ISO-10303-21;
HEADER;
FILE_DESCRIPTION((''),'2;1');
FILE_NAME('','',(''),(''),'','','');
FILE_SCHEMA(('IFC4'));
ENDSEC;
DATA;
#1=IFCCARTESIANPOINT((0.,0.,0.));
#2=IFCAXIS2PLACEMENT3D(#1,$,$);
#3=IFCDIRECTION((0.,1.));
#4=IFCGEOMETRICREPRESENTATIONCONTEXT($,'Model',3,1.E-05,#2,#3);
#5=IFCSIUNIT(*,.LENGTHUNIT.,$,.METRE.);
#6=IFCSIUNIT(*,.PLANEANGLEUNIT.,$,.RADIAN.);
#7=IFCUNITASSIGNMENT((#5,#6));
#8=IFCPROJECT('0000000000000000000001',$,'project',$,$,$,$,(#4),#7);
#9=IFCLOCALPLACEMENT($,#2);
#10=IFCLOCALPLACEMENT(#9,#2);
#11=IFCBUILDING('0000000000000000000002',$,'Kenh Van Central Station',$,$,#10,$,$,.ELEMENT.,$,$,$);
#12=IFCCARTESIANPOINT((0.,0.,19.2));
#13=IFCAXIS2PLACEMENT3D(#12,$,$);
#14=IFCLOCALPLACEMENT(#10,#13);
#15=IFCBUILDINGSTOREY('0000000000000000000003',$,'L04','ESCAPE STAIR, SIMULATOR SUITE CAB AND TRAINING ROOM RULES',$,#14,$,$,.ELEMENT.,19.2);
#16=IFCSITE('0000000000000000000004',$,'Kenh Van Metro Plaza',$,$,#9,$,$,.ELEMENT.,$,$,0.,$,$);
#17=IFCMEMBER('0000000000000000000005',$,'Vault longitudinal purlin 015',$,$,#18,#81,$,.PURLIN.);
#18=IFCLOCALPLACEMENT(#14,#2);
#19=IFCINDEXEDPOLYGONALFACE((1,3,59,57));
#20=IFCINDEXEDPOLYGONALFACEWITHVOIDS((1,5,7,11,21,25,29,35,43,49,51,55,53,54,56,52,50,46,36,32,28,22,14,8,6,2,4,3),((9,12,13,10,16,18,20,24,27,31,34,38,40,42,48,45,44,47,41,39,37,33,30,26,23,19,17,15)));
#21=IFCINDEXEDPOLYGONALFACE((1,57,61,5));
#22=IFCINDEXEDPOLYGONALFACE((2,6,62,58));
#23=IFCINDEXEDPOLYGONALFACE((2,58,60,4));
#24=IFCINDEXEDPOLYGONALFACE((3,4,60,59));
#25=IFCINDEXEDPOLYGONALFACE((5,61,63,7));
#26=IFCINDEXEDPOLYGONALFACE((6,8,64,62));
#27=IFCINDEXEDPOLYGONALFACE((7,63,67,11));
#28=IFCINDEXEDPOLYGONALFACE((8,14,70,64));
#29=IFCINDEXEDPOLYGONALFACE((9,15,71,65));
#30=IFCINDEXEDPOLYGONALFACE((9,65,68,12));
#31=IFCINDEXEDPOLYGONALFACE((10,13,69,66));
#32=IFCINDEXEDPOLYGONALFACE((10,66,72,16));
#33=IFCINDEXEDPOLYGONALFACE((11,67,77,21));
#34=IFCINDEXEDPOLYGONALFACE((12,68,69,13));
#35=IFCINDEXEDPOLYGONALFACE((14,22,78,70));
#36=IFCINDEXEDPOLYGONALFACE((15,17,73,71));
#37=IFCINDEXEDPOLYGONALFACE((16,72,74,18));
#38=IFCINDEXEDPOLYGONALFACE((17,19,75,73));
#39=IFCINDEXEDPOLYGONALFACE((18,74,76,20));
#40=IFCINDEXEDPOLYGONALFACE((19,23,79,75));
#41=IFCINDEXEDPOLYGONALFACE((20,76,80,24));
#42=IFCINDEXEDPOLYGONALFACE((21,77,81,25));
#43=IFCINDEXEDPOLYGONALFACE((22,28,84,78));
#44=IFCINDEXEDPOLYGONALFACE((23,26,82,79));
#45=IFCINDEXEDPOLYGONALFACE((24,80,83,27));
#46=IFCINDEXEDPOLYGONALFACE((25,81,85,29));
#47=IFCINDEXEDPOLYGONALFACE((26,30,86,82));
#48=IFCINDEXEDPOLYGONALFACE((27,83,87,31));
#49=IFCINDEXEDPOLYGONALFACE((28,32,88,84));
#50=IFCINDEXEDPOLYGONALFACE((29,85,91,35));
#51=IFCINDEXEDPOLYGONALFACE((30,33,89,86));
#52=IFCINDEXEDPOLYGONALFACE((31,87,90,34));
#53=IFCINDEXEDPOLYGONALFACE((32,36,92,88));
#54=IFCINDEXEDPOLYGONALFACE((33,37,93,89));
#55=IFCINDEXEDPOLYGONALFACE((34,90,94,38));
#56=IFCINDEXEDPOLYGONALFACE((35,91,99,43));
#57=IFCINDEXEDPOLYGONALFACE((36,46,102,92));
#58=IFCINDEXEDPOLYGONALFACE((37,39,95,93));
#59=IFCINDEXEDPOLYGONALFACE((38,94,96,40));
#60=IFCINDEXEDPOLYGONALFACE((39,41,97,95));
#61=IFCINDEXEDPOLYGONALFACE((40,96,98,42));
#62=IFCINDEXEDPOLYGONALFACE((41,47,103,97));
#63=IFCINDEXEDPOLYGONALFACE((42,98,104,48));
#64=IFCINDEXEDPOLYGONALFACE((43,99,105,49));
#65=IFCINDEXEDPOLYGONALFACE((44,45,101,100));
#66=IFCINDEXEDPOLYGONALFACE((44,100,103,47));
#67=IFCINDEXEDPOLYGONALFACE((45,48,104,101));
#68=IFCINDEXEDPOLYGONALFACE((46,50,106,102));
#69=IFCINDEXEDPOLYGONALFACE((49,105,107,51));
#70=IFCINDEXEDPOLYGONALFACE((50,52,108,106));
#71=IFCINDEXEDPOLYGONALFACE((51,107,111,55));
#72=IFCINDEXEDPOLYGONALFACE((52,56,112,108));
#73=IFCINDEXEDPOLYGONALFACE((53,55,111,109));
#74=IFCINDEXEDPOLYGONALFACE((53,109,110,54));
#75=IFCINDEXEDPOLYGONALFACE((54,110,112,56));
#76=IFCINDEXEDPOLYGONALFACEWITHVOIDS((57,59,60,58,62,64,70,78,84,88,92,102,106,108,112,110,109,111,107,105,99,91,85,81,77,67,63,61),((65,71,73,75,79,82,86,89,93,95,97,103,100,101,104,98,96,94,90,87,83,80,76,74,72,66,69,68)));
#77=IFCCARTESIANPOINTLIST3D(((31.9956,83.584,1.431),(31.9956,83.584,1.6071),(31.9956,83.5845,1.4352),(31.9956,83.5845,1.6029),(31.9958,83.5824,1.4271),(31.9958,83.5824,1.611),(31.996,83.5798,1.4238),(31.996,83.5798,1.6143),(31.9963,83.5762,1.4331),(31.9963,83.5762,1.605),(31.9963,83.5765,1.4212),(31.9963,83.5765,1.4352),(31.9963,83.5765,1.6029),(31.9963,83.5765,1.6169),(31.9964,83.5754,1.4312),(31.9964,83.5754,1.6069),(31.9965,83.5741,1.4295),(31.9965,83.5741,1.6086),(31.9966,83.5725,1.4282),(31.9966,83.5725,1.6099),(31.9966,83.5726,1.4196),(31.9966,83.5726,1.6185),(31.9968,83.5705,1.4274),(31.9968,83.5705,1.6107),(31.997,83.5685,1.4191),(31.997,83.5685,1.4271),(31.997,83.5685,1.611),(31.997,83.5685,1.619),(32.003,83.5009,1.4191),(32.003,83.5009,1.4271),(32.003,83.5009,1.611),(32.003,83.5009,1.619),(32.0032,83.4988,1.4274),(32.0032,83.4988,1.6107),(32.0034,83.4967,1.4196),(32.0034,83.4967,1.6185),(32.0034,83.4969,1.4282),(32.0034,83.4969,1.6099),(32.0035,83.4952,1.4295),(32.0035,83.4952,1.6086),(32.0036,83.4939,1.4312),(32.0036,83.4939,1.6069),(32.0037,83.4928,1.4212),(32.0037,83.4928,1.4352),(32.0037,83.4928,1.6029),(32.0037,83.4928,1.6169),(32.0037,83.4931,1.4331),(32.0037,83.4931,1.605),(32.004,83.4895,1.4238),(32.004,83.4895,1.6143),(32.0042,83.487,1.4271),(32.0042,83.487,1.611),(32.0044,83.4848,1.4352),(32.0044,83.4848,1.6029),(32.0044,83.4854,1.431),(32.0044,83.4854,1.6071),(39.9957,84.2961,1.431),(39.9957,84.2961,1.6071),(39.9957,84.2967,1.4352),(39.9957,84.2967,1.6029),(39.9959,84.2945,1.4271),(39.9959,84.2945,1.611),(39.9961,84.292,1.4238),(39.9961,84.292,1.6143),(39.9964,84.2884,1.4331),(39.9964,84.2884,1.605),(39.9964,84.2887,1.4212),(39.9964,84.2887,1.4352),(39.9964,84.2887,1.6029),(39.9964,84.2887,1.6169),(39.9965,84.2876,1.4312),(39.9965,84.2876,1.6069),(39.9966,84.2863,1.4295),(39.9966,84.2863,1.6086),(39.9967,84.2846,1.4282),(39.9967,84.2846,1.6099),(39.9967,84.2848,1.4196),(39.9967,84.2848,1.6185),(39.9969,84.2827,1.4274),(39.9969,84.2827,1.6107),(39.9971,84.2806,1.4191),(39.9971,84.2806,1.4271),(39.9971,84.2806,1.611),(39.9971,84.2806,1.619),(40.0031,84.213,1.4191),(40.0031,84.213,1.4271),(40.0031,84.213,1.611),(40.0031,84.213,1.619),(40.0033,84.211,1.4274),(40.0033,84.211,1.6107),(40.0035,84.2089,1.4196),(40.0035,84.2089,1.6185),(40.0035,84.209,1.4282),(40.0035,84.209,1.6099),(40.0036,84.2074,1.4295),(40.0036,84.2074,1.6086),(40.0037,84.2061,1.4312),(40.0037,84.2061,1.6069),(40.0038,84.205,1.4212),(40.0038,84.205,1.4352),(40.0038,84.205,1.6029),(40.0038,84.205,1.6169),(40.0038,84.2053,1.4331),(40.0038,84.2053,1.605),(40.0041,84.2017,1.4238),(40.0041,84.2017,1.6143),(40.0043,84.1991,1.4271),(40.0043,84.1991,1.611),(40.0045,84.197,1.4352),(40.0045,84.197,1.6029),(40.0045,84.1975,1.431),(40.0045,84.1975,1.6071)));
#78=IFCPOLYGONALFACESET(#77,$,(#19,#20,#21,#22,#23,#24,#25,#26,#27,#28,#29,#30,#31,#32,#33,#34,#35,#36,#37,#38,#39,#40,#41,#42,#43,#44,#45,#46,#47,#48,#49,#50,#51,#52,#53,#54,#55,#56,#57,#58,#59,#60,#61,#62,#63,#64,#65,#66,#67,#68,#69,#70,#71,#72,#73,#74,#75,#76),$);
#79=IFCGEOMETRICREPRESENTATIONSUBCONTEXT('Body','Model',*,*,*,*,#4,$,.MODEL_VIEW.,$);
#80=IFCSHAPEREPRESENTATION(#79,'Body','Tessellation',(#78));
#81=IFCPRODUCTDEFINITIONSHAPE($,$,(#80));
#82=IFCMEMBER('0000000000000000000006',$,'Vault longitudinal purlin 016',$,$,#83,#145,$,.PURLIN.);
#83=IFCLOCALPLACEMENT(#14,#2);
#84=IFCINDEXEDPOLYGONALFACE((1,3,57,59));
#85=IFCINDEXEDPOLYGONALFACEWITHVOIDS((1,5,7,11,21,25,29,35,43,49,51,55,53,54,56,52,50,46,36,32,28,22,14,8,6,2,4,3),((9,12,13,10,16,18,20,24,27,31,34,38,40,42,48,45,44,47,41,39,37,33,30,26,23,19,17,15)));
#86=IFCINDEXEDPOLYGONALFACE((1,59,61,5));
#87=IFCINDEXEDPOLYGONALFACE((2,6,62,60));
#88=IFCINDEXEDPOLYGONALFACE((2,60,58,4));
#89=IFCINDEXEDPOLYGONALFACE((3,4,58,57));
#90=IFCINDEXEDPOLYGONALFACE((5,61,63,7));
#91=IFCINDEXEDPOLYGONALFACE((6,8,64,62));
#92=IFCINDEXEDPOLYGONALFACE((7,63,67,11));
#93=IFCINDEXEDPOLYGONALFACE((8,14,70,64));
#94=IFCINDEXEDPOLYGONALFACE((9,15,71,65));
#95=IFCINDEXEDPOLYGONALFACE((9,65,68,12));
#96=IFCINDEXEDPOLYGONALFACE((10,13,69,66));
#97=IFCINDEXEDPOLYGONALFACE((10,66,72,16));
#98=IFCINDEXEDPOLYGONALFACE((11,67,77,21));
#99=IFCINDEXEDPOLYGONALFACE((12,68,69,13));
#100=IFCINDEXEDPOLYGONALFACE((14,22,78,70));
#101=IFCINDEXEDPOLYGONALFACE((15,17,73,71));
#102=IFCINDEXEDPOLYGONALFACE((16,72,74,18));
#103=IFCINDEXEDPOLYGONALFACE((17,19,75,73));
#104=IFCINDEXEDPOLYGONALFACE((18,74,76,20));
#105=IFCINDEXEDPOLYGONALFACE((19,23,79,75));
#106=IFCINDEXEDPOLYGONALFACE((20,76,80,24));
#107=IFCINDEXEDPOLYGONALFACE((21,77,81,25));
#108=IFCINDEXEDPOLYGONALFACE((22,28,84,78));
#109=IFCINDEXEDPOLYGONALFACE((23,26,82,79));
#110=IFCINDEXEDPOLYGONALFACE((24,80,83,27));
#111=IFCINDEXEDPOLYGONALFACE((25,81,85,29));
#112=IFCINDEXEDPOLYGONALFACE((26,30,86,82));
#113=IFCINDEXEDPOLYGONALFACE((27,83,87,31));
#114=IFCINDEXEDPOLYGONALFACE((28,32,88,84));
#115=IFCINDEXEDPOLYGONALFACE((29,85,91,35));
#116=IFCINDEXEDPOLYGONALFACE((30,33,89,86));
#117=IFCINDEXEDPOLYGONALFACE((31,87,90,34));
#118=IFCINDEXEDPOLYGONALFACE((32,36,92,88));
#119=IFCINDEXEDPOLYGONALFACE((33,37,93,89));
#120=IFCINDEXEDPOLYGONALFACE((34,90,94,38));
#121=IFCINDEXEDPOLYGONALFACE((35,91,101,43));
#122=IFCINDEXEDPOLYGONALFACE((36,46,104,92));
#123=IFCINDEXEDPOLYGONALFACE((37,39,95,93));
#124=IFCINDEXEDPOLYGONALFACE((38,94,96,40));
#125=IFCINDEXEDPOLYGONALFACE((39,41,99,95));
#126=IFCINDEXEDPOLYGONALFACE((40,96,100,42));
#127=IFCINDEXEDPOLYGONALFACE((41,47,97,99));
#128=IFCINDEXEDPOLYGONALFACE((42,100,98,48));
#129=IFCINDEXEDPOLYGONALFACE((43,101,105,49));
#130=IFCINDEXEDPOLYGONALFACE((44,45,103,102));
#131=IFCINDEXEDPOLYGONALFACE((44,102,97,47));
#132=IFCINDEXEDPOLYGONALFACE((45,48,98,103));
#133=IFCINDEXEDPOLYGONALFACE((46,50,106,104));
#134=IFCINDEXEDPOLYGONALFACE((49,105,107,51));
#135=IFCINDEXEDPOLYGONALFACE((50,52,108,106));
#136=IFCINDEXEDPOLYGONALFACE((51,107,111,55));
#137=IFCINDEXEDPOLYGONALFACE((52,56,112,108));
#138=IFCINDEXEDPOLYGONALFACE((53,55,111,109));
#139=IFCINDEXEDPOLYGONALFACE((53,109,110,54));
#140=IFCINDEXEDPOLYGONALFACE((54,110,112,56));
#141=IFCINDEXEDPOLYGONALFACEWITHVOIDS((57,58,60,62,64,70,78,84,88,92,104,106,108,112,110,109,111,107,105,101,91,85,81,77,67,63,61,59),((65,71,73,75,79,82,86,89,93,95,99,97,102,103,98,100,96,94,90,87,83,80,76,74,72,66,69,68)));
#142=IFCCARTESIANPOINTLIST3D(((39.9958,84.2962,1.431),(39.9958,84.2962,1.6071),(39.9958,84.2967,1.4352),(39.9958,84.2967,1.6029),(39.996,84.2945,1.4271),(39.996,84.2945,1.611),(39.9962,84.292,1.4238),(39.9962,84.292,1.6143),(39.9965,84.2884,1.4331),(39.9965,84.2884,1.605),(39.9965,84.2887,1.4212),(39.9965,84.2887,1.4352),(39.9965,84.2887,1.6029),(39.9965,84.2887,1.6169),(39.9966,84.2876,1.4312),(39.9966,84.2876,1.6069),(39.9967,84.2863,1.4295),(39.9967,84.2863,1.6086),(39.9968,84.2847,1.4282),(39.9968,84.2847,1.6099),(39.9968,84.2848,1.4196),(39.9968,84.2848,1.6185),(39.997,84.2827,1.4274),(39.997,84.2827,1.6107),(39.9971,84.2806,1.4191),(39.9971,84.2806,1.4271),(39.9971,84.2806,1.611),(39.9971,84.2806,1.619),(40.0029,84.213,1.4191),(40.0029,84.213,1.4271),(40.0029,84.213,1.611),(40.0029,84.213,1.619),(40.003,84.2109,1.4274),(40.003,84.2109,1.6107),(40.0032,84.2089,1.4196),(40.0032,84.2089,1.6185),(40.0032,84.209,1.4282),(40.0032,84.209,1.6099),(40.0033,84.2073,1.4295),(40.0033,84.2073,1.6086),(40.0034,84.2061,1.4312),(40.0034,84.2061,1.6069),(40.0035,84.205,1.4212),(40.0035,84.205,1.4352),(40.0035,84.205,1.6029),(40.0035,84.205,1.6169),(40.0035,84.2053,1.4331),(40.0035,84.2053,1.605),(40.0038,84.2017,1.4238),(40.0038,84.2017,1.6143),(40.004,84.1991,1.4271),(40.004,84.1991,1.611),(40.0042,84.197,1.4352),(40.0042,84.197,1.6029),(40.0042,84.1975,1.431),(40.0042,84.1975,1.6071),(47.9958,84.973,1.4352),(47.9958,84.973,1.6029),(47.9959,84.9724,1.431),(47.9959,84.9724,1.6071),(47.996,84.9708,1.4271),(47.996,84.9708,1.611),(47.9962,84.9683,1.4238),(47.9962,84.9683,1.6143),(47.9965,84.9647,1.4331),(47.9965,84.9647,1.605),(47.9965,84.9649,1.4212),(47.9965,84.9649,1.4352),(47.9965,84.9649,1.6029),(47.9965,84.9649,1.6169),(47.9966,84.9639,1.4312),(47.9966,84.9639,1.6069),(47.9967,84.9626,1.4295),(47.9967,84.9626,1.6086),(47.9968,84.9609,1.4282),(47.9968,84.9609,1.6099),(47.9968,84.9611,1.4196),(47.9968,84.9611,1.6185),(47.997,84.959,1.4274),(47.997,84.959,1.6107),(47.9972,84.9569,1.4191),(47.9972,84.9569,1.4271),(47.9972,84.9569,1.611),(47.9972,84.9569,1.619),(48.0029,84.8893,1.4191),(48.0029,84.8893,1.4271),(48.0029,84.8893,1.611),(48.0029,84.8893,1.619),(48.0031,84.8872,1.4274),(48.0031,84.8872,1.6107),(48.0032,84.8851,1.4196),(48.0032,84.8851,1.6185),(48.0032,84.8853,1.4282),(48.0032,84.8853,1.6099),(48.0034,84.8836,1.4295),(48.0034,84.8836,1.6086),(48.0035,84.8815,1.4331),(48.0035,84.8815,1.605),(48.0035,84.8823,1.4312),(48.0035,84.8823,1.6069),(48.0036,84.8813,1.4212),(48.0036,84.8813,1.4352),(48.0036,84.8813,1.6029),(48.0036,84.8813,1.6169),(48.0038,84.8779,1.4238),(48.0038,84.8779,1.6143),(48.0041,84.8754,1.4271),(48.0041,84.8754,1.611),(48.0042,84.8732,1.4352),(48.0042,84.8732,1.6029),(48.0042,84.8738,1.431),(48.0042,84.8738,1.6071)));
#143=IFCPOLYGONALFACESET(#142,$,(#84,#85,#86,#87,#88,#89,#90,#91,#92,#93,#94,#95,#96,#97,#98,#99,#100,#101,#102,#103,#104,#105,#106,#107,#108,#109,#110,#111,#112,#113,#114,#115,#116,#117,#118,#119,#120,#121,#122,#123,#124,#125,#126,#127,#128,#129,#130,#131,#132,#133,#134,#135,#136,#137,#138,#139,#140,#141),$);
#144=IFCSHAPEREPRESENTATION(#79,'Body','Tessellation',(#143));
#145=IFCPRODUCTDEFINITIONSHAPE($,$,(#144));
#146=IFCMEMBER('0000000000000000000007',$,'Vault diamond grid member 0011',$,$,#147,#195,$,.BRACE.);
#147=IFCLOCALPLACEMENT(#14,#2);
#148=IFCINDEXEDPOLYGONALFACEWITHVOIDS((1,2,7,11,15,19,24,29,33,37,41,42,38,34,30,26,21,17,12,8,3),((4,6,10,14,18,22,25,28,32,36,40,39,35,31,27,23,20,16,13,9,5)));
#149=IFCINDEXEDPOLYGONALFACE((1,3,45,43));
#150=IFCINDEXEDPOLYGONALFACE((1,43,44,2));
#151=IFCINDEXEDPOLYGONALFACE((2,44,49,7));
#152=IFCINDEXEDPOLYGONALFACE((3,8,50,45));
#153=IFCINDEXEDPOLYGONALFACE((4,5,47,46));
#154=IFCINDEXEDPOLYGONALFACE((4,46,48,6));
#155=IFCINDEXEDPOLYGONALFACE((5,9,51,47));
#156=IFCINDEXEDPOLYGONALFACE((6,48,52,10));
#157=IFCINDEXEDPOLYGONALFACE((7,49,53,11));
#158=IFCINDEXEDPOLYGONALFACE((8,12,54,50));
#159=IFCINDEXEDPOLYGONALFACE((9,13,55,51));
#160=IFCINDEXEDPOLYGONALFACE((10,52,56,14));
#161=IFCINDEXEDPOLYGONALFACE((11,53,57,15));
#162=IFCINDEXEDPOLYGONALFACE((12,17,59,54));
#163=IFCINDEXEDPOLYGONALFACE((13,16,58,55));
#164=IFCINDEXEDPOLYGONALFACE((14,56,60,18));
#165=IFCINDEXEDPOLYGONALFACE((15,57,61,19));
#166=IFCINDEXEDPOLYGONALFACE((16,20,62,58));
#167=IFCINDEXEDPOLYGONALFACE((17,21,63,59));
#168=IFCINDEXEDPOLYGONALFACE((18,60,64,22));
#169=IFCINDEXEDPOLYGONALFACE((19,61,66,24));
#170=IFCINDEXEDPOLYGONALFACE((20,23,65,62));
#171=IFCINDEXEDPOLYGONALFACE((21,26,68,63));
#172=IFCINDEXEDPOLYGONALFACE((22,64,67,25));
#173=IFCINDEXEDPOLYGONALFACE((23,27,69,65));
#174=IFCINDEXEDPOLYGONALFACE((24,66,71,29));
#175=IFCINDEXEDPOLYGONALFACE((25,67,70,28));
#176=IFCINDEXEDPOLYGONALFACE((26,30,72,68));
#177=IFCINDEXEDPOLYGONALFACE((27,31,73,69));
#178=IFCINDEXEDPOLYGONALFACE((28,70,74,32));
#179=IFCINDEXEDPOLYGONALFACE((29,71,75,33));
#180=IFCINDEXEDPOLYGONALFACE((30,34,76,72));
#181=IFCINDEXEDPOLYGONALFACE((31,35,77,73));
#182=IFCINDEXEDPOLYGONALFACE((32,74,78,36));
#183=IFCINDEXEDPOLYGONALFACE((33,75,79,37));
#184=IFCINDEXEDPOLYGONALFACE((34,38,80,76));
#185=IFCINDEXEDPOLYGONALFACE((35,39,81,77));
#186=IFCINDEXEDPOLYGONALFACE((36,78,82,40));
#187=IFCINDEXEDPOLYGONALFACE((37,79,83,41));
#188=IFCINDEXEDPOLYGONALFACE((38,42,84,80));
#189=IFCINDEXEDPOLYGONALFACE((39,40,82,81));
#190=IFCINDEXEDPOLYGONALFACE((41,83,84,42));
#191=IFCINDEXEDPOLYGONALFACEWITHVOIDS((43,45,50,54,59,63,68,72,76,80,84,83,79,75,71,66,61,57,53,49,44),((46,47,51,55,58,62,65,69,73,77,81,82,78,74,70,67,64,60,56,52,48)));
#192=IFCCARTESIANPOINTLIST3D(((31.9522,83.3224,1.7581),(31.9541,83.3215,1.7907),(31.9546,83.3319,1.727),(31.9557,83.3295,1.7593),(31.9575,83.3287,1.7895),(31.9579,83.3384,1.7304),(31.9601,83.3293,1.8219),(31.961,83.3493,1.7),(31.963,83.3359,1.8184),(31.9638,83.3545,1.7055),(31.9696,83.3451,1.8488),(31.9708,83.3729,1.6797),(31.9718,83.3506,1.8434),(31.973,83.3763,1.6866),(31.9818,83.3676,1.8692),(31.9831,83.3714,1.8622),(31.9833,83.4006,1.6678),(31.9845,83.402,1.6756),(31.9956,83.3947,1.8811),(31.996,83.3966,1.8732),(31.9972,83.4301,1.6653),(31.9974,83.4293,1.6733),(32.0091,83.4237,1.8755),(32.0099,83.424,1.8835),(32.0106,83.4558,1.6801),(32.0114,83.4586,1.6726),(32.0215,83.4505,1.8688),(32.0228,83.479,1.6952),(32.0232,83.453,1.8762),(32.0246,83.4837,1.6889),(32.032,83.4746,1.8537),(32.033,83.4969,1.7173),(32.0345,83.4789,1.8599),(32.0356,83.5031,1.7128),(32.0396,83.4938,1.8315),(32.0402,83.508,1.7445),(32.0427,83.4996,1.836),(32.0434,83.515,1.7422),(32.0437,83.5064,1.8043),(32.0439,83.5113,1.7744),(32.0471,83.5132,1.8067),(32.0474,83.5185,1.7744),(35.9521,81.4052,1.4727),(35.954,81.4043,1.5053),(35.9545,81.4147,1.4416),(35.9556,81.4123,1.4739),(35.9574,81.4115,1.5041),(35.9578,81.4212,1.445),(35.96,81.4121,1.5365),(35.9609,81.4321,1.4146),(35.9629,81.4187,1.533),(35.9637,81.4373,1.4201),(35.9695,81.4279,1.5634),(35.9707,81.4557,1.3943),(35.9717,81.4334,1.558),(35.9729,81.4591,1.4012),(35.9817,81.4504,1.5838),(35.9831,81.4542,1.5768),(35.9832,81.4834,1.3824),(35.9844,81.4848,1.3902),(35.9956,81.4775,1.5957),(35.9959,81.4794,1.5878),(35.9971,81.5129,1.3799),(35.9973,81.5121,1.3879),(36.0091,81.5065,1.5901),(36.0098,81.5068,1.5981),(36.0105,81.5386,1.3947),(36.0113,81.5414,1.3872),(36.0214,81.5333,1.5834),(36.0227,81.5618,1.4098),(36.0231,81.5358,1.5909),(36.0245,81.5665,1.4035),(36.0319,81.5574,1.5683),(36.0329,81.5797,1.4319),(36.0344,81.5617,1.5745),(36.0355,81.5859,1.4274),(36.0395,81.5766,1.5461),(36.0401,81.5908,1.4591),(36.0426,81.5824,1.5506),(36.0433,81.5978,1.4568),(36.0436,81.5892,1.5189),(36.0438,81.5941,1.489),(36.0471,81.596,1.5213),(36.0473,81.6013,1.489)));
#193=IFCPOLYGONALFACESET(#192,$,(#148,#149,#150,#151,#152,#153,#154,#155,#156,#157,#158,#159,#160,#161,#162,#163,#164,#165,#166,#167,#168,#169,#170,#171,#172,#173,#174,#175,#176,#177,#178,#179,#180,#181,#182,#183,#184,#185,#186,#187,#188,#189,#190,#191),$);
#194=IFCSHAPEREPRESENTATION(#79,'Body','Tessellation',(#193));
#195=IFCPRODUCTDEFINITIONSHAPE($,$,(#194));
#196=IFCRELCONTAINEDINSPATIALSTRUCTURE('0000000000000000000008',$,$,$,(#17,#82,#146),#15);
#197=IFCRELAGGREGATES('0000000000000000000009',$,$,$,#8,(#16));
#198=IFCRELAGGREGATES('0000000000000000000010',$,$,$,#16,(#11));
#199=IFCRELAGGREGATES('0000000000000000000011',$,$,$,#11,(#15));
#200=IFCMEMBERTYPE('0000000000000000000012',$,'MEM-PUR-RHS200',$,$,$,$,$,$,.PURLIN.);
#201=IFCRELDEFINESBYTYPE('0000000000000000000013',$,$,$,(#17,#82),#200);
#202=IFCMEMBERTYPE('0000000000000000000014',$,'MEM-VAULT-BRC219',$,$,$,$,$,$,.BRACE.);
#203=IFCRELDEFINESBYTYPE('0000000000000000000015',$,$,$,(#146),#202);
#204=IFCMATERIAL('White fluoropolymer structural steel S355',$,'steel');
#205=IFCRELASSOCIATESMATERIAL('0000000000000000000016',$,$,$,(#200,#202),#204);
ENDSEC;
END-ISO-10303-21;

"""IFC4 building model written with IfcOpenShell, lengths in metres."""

from ifc_helpers import new_model, si_unit, direction, frame, origin, origin_2d, place, context, subcontext, project, spatial, hollow_rectangle, hollow_circle, extrude, material, material_profile, profile_set, type_object, element, save


model = new_model("IFC4")

# Units and contexts
model_context = context("Model", 3, precision=1e-05, world=origin(), true_north=direction((0.0, 1.0)))
body_context = subcontext(model_context, "Body", "Model", "MODEL_VIEW")
ifc_project = project(units=[si_unit("LENGTHUNIT", "METRE"), si_unit("PLANEANGLEUNIT", "RADIAN")], contexts=[model_context])

# Site, building, storey
site_placement = place(None, origin())
site = spatial("IfcSite", under=ifc_project, at=site_placement, Name="Kenh Van Metro Plaza", CompositionType="ELEMENT", RefElevation=0.0)
building_placement = place(site_placement, origin())
building = spatial("IfcBuilding", under=site, at=building_placement, Name="Kenh Van Central Station", CompositionType="ELEMENT")
storey_placement = place(building_placement, frame((0.0, 0.0, 19.2)))
storey = spatial("IfcBuildingStorey", under=building, at=storey_placement, Name="L04", Description="ESCAPE STAIR, SIMULATOR SUITE CAB AND TRAINING ROOM RULES", CompositionType="ELEMENT", Elevation=19.2)

# Shared definitions
ifc_material_1 = material(Name="White fluoropolymer structural steel S355", Category="steel")

# Members
ifc_material_profile_1 = material_profile(ifc_material_1, hollow_rectangle(XDim=0.1001, YDim=0.2, WallThickness=0.0081, InnerFilletRadius=0.0081, OuterFilletRadius=0.0161, at=origin_2d()), Name="RHS 200x100x8")
ifc_profile_set_1 = profile_set([ifc_material_profile_1], Name="White fluoropolymer structural steel S355")
member_type_1 = type_object("IfcMemberType", Name="MEM-PUR-RHS200", PredefinedType="PURLIN", material=ifc_profile_set_1)
member_1_placement = place(storey_placement, frame((32.0, 83.5347, 1.519), z_axis=(0.996061, 0.088669, 0.0), x_axis=(-0.088669, 0.996061, 0.0)))
element("IfcMember", 1, at=member_1_placement, inside=storey, type_object=member_type_1, Name="Vault longitudinal purlin 015", PredefinedType="PURLIN", context=body_context, shape_type="SweptSolid", body=[
    extrude(hollow_rectangle(XDim=0.1001, YDim=0.2, WallThickness=0.0081, InnerFilletRadius=0.0081, OuterFilletRadius=0.0161, at=origin_2d()), origin(), (0.0, 0.0, 1.0), 8.0317),
])
member_2_placement = place(storey_placement, frame((40.0, 84.2468, 1.519), z_axis=(0.996446, 0.084233, 0.0), x_axis=(-0.084233, 0.996446, 0.0)))
element("IfcMember", 2, at=member_2_placement, inside=storey, type_object=member_type_1, Name="Vault longitudinal purlin 016", PredefinedType="PURLIN", context=body_context, shape_type="SweptSolid", body=[
    extrude(hollow_rectangle(XDim=0.1001, YDim=0.2, WallThickness=0.0081, InnerFilletRadius=0.0081, OuterFilletRadius=0.0161, at=origin_2d()), origin(), (0.0, 0.0, 1.0), 8.0286),
])
ifc_material_profile_2 = material_profile(ifc_material_1, hollow_circle(Radius=0.1096, WallThickness=0.0081, at=origin_2d()), Name="CHS 219.1x8")
ifc_profile_set_2 = profile_set([ifc_material_profile_2], Name="White fluoropolymer structural steel S355")
member_type_2 = type_object("IfcMemberType", Name="MEM-VAULT-BRC219", PredefinedType="BRACE", material=ifc_profile_set_2)
member_3_placement = place(storey_placement, frame((32.0, 83.4197, 1.7744), z_axis=(0.899905, -0.431333, -0.064208), x_axis=(0.432225, 0.901766, 0.0)))
element("IfcMember", 3, at=member_3_placement, inside=storey, type_object=member_type_2, Name="Vault diamond grid member 0011", PredefinedType="BRACE", context=body_context, shape_type="SweptSolid", body=[
    extrude(hollow_circle(Radius=0.1096, WallThickness=0.0081, at=origin_2d()), origin(), (0.0, 0.0, 1.0), 4.4448),
])

save(model, "model.ifc")
